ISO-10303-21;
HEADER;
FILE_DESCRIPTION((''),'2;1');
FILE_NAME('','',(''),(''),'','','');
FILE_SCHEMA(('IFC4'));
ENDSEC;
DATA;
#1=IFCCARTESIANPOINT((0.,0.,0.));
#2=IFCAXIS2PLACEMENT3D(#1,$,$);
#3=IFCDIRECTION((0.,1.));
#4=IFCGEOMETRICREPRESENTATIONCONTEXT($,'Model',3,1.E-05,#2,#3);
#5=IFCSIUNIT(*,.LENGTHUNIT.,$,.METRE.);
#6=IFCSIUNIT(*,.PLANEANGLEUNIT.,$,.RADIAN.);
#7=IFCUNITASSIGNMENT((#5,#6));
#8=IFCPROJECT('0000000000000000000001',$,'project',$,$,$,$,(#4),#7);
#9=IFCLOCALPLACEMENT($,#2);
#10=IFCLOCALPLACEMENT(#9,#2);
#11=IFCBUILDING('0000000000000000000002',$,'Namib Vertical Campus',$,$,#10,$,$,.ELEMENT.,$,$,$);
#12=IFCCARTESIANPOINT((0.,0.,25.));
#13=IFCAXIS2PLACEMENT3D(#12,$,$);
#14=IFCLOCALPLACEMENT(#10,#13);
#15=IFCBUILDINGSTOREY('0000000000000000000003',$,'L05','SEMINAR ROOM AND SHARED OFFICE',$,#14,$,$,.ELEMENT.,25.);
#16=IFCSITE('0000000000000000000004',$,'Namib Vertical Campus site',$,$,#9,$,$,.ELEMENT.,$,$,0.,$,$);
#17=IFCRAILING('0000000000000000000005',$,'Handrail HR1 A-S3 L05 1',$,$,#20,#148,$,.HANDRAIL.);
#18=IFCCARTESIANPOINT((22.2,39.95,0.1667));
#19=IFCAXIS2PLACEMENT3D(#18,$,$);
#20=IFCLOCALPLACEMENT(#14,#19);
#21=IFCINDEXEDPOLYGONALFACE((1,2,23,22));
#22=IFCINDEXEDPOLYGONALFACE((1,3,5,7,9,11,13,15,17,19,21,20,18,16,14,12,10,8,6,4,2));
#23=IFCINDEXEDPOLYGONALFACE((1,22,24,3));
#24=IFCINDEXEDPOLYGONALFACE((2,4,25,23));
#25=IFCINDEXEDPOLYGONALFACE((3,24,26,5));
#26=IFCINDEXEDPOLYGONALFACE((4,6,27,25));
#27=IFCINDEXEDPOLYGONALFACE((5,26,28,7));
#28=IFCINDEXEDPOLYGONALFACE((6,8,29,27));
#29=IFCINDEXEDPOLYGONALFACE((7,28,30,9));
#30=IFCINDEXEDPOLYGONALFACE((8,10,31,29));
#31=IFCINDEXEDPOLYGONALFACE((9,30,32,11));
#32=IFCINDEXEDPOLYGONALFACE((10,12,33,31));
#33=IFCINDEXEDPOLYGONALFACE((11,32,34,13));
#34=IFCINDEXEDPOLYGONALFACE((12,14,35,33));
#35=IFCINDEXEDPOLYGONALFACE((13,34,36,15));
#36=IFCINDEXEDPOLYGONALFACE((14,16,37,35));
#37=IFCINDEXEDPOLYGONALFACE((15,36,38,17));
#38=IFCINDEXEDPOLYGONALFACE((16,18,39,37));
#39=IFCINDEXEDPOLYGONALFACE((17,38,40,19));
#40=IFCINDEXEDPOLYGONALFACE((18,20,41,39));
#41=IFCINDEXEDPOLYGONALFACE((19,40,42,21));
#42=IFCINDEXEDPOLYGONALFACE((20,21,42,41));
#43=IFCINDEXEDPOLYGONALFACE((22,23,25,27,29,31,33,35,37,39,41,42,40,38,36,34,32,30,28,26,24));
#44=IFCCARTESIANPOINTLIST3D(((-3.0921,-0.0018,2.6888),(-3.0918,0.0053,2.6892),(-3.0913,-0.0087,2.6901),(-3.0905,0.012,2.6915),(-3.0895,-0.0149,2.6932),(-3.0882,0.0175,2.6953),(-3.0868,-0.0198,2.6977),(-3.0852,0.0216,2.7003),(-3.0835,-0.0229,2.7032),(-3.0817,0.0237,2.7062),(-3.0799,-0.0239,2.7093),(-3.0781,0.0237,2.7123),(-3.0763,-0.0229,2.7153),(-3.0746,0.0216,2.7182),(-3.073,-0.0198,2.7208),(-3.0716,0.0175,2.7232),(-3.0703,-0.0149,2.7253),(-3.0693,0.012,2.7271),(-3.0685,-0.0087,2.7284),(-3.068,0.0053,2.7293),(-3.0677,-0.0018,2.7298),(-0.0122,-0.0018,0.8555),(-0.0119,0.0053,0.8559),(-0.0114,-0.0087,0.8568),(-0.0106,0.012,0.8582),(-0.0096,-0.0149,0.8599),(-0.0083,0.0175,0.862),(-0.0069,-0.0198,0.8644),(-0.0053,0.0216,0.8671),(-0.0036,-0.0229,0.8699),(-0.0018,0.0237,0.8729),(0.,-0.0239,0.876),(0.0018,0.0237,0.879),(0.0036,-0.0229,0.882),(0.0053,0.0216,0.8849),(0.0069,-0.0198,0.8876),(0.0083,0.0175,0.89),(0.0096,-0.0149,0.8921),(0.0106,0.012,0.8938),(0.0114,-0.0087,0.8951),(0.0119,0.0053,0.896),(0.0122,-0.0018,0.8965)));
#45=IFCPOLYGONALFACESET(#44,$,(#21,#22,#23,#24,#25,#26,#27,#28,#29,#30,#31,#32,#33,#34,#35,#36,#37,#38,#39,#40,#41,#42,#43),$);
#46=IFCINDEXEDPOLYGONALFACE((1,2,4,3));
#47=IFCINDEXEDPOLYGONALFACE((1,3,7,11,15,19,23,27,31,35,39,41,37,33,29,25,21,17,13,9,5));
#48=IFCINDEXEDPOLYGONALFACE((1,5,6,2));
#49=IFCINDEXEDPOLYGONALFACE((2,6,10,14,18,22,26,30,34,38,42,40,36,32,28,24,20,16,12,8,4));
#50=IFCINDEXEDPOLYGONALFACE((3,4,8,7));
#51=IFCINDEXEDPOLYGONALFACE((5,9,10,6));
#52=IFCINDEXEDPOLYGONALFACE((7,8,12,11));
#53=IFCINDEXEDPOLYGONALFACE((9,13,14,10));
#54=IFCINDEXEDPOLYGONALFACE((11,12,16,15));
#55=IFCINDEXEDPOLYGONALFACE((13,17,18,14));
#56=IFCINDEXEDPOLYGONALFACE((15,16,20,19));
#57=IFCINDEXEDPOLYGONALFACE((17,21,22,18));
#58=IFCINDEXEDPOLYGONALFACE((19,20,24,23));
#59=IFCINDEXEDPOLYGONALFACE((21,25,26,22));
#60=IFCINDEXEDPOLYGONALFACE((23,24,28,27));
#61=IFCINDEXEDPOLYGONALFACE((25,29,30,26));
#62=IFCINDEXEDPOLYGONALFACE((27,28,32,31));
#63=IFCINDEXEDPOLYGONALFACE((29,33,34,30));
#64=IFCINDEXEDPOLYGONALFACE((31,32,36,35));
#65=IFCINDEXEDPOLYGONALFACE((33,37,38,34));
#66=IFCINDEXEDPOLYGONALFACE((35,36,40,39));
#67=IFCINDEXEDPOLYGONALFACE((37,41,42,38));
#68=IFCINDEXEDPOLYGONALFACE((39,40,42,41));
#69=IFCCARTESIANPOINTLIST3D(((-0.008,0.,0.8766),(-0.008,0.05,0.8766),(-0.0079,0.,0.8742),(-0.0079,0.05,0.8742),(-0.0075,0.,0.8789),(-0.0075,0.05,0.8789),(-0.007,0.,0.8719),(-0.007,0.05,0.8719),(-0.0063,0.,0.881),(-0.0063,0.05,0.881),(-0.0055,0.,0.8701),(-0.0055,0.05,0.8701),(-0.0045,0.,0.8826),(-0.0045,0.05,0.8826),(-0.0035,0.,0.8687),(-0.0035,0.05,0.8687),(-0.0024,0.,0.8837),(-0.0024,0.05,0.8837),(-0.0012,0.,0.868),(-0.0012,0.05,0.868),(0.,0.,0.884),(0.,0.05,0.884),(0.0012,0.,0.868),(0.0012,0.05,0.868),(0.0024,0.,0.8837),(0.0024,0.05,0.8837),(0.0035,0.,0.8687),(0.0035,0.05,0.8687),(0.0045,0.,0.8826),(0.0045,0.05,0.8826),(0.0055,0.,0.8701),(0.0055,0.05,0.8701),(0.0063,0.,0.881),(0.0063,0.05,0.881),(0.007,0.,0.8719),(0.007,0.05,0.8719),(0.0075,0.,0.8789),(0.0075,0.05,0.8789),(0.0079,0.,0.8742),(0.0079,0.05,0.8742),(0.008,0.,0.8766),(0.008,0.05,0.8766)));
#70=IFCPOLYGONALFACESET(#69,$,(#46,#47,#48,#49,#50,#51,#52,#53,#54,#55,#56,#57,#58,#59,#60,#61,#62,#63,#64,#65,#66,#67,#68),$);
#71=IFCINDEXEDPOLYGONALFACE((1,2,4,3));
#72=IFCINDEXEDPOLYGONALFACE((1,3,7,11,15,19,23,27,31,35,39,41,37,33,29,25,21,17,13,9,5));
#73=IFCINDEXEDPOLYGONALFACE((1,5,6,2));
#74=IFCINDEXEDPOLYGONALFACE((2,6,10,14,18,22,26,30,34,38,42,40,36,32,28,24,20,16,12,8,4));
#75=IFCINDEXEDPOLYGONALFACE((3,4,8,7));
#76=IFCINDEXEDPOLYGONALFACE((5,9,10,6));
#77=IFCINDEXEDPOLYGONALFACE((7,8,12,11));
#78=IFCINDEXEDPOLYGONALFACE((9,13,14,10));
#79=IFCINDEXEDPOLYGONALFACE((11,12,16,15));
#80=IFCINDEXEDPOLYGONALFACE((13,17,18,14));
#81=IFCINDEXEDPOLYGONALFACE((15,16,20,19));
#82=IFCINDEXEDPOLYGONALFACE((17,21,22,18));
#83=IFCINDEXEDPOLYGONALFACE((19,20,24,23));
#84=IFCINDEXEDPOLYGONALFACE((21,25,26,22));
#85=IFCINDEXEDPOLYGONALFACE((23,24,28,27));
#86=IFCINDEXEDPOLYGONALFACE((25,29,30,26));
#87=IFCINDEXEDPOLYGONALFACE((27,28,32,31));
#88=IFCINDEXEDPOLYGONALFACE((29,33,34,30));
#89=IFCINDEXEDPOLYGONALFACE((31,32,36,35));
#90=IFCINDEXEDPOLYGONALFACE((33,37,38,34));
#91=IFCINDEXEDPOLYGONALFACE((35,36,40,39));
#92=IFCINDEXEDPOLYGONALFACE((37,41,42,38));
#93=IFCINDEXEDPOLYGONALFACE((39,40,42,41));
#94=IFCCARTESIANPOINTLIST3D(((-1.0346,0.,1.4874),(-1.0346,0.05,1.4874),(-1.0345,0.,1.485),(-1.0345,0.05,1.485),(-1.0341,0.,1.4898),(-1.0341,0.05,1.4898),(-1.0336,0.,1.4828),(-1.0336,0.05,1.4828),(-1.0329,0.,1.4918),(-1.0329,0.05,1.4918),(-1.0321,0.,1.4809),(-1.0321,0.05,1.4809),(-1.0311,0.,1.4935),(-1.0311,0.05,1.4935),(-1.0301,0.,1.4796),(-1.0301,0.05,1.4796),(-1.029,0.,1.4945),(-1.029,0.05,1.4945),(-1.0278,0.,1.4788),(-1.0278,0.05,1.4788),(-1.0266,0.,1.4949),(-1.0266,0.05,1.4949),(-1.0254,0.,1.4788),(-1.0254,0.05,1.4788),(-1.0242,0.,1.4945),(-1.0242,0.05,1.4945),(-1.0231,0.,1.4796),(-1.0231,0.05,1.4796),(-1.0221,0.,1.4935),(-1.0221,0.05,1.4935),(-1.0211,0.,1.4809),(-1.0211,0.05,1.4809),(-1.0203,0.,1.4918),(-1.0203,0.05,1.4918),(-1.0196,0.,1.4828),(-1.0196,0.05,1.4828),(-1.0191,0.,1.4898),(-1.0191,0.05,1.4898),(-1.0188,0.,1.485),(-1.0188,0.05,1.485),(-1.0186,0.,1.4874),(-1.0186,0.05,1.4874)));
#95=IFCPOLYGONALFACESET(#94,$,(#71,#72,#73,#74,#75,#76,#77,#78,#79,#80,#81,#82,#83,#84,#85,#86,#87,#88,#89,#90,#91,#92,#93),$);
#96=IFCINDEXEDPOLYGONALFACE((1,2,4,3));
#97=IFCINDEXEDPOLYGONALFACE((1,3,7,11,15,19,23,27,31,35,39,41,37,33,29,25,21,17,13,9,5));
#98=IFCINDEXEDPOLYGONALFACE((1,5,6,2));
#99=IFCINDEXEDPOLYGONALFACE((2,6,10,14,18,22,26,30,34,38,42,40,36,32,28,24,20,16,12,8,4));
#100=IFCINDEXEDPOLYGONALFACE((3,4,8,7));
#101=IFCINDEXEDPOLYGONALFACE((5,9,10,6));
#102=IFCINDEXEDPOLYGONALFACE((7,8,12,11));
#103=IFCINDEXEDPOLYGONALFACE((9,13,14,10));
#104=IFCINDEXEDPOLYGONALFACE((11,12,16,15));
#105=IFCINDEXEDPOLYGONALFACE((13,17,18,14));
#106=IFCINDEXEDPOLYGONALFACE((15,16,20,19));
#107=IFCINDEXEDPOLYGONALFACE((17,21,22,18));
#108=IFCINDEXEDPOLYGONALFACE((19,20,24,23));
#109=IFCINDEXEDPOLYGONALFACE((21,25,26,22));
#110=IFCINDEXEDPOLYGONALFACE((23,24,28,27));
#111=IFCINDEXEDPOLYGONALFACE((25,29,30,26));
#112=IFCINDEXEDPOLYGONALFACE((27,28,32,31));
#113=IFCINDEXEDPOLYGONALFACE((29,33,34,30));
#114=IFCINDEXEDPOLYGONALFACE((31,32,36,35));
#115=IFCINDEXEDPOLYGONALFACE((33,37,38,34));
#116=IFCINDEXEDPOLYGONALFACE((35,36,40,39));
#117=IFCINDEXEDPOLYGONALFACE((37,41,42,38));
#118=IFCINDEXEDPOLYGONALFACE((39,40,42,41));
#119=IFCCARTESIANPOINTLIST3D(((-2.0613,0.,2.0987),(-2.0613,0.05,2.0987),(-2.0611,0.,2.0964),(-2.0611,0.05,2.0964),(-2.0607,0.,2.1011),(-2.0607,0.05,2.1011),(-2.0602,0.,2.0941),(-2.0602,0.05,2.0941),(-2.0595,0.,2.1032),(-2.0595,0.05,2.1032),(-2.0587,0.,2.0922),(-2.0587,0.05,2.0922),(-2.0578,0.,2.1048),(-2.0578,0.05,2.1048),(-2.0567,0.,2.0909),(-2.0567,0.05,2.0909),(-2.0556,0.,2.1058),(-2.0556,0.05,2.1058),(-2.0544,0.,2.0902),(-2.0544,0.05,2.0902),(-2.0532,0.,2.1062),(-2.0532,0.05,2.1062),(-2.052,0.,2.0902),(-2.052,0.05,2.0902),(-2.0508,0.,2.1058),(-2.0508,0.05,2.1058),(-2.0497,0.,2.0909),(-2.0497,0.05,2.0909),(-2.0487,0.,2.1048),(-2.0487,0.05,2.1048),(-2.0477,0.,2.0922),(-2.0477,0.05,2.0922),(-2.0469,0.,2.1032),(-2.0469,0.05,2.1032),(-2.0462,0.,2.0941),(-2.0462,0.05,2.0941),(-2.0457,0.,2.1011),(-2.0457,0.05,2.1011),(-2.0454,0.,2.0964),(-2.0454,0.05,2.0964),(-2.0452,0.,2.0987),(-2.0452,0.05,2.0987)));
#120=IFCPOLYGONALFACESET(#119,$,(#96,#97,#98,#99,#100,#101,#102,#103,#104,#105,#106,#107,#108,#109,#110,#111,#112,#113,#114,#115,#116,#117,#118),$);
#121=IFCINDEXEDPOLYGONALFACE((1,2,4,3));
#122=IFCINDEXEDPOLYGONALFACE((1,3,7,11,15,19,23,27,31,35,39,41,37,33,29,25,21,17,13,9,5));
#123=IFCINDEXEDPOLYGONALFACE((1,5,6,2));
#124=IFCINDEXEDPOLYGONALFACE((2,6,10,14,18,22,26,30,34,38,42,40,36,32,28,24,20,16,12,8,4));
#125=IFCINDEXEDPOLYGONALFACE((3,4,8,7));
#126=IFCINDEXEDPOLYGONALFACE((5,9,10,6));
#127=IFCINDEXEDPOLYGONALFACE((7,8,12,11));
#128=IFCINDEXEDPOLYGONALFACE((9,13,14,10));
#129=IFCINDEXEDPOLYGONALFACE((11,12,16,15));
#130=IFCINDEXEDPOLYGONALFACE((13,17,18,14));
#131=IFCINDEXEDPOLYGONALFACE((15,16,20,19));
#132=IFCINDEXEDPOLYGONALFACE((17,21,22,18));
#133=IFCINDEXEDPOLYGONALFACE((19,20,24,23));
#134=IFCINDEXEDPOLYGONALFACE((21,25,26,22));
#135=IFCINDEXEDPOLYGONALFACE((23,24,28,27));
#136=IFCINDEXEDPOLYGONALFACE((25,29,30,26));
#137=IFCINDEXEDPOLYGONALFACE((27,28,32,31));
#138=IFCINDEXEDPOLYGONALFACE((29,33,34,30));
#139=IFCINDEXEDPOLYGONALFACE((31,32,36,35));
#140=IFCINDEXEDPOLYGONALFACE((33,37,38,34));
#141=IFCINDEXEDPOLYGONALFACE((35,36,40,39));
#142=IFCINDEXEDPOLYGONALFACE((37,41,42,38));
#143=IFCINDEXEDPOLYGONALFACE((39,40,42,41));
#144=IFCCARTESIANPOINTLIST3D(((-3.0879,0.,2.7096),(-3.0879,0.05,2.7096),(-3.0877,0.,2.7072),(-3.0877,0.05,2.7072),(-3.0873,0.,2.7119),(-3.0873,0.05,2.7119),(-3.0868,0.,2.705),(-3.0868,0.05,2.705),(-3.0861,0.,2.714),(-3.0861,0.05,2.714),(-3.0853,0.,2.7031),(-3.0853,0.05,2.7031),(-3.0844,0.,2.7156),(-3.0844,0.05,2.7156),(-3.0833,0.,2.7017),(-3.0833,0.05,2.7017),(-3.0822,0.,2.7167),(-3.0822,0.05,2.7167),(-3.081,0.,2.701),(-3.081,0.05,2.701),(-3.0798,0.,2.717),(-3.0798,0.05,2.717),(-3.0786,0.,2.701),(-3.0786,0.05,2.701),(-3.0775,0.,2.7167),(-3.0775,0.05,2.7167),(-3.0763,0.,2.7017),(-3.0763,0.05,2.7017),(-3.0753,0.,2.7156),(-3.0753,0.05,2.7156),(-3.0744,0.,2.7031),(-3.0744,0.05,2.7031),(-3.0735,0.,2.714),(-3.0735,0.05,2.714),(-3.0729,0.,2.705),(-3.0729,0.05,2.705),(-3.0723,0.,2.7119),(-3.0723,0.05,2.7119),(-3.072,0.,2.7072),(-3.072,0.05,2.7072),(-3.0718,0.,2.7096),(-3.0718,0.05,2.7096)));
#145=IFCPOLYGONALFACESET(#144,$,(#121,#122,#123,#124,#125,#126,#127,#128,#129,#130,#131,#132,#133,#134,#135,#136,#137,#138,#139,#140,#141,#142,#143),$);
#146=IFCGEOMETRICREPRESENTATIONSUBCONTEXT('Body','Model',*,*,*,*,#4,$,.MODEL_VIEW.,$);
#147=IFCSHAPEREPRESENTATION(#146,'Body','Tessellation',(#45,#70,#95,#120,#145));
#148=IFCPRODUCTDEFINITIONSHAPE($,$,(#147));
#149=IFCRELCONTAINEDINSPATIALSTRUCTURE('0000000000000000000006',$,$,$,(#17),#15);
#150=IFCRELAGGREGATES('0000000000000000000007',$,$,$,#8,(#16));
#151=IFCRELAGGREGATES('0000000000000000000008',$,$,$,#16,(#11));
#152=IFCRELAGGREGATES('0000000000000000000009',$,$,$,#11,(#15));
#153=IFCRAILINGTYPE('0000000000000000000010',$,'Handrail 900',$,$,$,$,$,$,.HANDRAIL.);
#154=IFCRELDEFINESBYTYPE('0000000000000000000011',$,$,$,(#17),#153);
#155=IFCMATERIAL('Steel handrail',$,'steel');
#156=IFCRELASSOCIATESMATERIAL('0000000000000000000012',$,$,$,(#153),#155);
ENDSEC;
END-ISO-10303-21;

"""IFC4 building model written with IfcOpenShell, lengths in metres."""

from ifc_helpers import new_model, si_unit, direction, frame, origin, origin_2d, place, context, subcontext, project, spatial, circle, extrude, material, type_object, element, save


model = new_model("IFC4")

# Units and contexts
model_context = context("Model", 3, precision=1e-05, world=origin(), true_north=direction((0.0, 1.0)))
body_context = subcontext(model_context, "Body", "Model", "MODEL_VIEW")
ifc_project = project(units=[si_unit("LENGTHUNIT", "METRE"), si_unit("PLANEANGLEUNIT", "RADIAN")], contexts=[model_context])

# Site, building, storey
site_placement = place(None, origin())
site = spatial("IfcSite", under=ifc_project, at=site_placement, Name="Namib Vertical Campus site", CompositionType="ELEMENT", RefElevation=0.0)
building_placement = place(site_placement, origin())
building = spatial("IfcBuilding", under=site, at=building_placement, Name="Namib Vertical Campus", CompositionType="ELEMENT")
storey_placement = place(building_placement, frame((0.0, 0.0, 25.0)))
storey = spatial("IfcBuildingStorey", under=building, at=storey_placement, Name="L05", Description="SEMINAR ROOM AND SHARED OFFICE", CompositionType="ELEMENT", Elevation=25.0)

# Railing
ifc_material_1 = material(Name="Steel handrail", Category="steel")
railing_type_1 = type_object("IfcRailingType", Name="Handrail 900", PredefinedType="HANDRAIL", material=ifc_material_1)
railing_1_placement = place(storey_placement, frame((22.2, 39.95, 0.1667)))
element("IfcRailing", 1, at=railing_1_placement, inside=storey, type_object=railing_type_1, Name="Handrail HR1 A-S3 L05 1", PredefinedType="HANDRAIL", context=body_context, shape_type="SweptSolid", body=[
    extrude(circle(Radius=0.0239, at=origin_2d()), frame((0.0, 0.0, 0.876), z_axis=(-0.859291, 0.0, 0.511487), x_axis=(0.0, -1.0, 0.0)), (0.0, 0.0, 1.0), 3.5842),
    extrude(circle(Radius=0.0081, at=origin_2d()), frame((0.0, 0.0, 0.876), z_axis=(0.0, 1.0, 0.0), x_axis=(0.0, 0.0, 1.0)), (0.0, 0.0, 1.0), 0.05),
    extrude(circle(Radius=0.0081, at=origin_2d()), frame((-1.0266, 0.0, 1.4868), z_axis=(0.0, 1.0, 0.0), x_axis=(0.0, 0.0, 1.0)), (0.0, 0.0, 1.0), 0.05),
    extrude(circle(Radius=0.0081, at=origin_2d()), frame((-2.0532, 0.0, 2.0981), z_axis=(0.0, 1.0, 0.0), x_axis=(0.0, 0.0, 1.0)), (0.0, 0.0, 1.0), 0.05),
    extrude(circle(Radius=0.0081, at=origin_2d()), frame((-3.0798, 0.0, 2.709), z_axis=(0.0, 1.0, 0.0), x_axis=(0.0, 0.0, 1.0)), (0.0, 0.0, 1.0), 0.05),
])

save(model, "model.ifc")
